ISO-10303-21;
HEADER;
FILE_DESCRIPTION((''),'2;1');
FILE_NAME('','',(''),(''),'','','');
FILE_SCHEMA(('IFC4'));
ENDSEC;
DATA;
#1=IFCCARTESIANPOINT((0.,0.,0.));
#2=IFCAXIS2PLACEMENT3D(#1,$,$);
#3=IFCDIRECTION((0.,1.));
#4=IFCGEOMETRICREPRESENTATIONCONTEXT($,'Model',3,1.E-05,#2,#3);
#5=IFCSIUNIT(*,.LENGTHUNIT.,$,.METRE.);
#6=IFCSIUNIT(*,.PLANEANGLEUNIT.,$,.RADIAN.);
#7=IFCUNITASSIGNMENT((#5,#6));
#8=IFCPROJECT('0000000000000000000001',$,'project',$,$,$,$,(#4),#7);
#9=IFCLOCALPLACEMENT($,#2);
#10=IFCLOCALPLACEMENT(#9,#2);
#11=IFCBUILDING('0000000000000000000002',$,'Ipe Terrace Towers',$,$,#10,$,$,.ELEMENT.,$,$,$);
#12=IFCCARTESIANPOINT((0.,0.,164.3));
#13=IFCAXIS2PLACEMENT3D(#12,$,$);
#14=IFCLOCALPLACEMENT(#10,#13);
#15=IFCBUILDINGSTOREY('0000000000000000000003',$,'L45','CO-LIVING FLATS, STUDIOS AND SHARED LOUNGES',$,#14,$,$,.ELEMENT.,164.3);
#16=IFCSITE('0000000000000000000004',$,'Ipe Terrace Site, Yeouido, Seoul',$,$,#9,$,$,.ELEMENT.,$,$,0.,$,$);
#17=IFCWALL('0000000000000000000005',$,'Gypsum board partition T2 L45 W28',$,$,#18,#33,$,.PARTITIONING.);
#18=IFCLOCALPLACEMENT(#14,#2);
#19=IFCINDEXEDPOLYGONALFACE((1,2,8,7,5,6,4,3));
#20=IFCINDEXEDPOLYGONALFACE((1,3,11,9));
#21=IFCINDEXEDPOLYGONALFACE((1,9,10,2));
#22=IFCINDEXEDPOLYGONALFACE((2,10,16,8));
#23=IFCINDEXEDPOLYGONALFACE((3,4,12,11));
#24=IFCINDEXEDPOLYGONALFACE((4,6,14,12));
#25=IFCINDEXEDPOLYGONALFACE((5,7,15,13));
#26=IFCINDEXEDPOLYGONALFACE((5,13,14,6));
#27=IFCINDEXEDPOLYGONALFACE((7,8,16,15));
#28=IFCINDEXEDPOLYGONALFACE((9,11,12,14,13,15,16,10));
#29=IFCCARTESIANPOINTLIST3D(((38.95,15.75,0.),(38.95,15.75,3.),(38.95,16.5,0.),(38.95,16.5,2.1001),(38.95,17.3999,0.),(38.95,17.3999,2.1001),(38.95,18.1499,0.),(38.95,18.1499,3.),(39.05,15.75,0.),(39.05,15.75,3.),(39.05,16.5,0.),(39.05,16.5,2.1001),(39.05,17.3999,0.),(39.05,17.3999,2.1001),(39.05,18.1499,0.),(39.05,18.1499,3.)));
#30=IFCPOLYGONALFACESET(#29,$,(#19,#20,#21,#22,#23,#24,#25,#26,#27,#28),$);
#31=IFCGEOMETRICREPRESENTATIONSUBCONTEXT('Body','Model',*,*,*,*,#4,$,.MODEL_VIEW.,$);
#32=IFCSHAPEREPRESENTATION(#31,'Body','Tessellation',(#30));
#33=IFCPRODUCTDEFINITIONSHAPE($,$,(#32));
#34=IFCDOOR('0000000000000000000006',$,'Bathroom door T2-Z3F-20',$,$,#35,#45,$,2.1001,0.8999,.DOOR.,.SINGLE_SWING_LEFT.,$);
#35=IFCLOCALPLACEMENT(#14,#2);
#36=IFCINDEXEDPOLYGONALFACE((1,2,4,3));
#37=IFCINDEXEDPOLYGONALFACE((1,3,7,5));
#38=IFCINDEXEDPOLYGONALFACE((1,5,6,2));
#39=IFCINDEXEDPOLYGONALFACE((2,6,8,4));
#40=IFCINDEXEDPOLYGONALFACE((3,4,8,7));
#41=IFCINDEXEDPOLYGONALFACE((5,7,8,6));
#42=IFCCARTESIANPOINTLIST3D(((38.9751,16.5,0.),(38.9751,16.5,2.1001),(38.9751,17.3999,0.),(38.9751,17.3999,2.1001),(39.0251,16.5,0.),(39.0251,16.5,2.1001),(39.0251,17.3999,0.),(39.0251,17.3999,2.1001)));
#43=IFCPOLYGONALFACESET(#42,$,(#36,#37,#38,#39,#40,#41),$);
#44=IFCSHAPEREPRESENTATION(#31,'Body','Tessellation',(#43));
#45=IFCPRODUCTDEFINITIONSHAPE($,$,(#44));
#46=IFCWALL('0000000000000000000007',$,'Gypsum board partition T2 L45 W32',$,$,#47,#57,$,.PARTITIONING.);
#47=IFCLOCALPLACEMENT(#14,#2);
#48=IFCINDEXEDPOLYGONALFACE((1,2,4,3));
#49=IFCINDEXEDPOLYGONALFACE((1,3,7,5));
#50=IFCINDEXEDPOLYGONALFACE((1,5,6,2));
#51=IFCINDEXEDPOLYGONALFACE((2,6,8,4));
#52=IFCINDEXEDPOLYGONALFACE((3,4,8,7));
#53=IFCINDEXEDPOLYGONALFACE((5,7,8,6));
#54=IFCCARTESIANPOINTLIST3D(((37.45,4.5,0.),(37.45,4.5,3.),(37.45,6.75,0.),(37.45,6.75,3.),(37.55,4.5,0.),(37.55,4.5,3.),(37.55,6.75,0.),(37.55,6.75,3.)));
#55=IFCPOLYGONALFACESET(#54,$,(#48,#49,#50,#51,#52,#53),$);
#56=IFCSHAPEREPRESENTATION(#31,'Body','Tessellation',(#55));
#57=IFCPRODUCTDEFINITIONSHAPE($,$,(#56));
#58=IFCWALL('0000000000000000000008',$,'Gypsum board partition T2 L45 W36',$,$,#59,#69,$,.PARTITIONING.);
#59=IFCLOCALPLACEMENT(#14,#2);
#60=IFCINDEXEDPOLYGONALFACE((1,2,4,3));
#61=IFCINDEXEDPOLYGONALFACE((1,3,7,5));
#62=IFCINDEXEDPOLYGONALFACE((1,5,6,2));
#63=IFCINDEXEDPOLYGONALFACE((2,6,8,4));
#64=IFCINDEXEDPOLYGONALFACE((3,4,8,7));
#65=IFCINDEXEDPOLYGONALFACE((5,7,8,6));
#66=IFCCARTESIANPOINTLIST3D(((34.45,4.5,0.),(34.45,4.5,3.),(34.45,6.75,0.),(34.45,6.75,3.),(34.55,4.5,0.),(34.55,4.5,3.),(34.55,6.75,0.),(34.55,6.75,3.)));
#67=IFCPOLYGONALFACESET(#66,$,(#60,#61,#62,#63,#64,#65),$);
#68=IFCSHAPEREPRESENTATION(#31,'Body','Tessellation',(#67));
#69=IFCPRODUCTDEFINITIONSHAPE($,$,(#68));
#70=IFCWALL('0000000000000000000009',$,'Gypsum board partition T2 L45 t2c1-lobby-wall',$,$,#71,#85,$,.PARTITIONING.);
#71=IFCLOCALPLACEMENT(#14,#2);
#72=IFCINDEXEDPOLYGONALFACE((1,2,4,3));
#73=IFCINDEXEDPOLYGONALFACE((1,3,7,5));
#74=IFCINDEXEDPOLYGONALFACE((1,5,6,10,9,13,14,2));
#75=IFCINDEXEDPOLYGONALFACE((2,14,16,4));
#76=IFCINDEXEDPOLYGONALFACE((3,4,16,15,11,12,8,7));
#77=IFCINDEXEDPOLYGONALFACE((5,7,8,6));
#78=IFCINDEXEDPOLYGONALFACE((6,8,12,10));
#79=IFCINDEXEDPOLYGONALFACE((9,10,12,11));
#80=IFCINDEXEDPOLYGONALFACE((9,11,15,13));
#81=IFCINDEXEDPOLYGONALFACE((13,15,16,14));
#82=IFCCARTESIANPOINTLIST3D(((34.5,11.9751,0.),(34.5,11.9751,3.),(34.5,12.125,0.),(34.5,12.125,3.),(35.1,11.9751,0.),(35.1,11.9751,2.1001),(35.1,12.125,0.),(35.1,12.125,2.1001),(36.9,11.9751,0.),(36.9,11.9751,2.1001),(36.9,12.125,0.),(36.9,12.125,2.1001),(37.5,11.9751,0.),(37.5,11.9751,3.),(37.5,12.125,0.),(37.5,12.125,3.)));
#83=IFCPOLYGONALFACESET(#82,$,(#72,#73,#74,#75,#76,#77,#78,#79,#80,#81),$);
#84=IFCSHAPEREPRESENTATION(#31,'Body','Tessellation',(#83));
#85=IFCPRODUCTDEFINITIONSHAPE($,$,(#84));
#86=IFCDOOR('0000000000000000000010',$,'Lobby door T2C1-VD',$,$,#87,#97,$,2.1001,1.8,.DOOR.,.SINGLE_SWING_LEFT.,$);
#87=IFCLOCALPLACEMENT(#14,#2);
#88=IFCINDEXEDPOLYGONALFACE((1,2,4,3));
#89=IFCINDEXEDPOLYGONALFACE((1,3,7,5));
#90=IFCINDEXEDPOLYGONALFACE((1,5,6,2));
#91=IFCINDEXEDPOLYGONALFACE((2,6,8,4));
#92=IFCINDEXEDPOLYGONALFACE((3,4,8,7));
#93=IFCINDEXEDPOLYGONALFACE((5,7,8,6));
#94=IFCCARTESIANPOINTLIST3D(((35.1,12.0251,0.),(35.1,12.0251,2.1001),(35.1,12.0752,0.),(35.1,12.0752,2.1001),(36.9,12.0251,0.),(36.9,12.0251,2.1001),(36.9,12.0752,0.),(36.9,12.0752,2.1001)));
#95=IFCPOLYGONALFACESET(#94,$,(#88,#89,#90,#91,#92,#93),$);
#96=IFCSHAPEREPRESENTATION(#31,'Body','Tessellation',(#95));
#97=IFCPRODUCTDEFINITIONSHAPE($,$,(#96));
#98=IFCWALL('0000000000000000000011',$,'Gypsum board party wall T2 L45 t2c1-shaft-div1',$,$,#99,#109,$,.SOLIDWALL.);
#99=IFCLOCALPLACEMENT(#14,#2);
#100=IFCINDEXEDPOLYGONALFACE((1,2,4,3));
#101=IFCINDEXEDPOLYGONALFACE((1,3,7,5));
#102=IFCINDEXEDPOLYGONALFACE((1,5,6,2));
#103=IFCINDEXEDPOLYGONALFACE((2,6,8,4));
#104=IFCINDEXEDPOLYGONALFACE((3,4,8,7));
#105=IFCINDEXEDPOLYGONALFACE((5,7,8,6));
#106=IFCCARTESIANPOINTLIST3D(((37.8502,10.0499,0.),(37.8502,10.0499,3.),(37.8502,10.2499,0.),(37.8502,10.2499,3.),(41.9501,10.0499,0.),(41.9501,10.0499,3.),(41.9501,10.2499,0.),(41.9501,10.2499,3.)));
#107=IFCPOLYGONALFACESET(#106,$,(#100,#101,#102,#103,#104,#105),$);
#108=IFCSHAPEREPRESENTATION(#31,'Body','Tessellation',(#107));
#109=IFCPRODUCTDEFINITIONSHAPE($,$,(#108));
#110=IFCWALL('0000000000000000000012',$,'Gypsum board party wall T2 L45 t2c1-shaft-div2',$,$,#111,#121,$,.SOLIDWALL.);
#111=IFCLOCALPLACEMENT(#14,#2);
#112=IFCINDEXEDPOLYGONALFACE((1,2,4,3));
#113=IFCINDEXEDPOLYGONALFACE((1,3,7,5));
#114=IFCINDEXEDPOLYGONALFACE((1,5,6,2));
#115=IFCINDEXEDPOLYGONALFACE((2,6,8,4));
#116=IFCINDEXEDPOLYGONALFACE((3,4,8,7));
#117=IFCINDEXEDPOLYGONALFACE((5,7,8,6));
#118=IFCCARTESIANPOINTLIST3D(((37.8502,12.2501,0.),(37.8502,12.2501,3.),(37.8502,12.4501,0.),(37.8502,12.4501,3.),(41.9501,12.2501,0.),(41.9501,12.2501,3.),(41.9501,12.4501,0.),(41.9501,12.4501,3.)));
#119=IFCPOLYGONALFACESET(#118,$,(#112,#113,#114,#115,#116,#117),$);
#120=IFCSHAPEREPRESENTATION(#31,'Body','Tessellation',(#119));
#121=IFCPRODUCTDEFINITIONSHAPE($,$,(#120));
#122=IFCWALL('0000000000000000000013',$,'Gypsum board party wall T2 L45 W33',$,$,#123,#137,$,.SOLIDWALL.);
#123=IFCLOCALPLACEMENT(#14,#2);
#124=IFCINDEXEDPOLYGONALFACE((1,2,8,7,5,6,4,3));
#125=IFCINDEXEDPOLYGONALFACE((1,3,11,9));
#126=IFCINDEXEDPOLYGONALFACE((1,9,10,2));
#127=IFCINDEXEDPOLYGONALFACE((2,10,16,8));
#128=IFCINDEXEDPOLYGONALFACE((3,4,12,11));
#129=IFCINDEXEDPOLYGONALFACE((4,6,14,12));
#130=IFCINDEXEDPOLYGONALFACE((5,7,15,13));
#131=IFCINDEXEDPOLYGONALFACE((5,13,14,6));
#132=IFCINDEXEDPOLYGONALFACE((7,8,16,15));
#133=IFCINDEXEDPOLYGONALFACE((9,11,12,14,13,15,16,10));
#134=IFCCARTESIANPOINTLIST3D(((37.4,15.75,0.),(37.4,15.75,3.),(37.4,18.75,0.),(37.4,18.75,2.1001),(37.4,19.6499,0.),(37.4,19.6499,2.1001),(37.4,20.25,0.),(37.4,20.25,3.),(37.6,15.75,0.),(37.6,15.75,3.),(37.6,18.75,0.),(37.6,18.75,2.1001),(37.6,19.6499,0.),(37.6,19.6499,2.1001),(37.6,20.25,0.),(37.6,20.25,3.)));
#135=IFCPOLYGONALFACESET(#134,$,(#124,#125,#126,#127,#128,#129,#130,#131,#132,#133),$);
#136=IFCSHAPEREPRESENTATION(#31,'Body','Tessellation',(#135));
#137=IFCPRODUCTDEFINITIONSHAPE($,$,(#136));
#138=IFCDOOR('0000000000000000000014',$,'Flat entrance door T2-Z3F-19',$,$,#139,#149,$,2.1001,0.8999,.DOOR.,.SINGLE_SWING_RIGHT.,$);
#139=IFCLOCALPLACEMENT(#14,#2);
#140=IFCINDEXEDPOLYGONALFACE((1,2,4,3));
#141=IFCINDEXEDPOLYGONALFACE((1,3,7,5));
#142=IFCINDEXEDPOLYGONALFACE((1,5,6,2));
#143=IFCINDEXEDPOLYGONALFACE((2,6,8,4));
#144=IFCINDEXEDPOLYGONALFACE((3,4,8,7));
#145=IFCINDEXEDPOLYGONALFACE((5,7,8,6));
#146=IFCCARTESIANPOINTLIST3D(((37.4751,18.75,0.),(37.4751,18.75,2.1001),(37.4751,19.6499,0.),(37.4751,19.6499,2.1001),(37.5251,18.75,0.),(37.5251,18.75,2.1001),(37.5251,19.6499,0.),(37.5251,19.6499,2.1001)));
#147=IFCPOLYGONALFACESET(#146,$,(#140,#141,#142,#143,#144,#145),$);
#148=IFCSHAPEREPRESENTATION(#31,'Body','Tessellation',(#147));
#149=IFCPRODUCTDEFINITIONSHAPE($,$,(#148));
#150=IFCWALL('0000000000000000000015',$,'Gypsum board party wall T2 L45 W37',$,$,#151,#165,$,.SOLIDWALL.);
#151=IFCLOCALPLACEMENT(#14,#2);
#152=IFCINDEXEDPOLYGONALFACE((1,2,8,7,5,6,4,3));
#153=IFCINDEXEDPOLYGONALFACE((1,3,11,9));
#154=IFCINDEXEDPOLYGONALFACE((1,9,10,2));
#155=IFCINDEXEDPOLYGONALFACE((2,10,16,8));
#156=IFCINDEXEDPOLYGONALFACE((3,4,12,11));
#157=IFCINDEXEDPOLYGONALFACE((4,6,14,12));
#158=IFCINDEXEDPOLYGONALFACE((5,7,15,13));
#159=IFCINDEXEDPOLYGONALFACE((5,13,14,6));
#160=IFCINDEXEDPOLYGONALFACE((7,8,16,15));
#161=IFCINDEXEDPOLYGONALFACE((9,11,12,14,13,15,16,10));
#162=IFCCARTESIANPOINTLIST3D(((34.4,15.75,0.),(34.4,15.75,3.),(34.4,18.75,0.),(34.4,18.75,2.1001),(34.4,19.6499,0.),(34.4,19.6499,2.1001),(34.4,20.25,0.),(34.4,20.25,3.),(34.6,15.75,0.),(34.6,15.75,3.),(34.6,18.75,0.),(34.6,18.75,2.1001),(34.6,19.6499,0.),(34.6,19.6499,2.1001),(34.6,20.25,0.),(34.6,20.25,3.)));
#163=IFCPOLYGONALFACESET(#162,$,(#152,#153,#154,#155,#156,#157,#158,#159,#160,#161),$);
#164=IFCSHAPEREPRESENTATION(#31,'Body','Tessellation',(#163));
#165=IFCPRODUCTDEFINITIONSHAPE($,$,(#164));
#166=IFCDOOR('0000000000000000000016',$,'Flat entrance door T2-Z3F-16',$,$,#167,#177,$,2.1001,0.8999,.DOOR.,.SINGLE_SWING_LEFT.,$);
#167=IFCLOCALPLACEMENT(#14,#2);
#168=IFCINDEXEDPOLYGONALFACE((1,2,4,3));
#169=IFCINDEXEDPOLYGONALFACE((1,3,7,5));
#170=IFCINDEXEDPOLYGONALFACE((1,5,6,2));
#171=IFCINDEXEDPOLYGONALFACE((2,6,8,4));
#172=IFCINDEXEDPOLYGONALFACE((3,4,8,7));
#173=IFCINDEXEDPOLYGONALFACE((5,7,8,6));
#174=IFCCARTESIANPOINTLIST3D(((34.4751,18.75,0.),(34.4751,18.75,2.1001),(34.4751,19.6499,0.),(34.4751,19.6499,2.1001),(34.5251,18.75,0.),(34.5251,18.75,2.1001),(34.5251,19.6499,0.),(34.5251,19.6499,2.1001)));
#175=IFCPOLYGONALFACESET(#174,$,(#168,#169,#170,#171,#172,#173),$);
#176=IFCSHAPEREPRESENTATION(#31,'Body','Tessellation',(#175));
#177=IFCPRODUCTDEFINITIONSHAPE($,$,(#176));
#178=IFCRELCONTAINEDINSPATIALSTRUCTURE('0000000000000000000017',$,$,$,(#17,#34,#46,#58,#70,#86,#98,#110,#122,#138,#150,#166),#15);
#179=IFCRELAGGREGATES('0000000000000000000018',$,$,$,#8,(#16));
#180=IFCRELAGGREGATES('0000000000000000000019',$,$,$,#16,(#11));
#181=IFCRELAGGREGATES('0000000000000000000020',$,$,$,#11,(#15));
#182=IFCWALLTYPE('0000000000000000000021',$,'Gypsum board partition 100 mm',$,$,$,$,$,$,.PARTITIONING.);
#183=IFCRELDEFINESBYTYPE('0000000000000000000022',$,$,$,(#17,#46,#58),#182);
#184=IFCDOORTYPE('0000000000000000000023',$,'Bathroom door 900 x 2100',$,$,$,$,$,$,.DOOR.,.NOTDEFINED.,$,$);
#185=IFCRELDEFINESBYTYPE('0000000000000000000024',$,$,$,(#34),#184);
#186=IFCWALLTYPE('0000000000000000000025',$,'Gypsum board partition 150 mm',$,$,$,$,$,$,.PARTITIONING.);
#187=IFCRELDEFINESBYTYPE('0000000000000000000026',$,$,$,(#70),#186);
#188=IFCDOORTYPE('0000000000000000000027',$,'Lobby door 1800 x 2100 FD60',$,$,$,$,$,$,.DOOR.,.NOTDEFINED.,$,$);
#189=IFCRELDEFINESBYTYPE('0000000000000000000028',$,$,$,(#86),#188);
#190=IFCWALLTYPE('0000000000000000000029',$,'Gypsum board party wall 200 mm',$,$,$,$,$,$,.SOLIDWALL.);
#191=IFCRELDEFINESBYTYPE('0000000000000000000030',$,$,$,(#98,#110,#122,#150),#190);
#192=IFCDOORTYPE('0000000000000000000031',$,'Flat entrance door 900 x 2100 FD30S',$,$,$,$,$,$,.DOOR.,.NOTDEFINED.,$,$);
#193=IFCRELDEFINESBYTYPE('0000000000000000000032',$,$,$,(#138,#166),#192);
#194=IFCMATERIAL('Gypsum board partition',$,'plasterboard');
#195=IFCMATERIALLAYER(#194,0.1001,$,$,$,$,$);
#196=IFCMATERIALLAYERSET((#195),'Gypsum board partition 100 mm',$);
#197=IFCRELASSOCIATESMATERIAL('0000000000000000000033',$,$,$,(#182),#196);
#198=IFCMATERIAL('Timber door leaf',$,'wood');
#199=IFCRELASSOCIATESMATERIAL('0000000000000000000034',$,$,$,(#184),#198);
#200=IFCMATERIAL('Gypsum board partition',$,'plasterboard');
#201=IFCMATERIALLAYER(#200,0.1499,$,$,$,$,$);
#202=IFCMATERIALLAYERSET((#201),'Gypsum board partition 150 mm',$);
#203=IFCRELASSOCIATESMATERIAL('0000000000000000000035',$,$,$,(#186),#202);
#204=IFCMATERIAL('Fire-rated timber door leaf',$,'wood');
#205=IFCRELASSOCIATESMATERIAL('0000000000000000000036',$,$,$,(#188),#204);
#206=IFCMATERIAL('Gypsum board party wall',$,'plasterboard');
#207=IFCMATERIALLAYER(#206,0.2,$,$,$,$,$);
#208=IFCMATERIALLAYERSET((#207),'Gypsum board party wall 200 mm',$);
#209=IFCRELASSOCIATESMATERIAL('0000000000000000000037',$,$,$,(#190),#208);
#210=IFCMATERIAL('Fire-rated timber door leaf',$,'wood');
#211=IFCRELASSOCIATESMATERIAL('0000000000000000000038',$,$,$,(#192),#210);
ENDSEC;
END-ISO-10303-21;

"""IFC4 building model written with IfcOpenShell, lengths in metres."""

from ifc_helpers import new_model, si_unit, direction, frame, frame_2d, origin, place, context, subcontext, project, spatial, rectangle, extrude, material, layer, layer_set, type_object, element, fill, save


model = new_model("IFC4")

# Units and contexts
model_context = context("Model", 3, precision=1e-05, world=origin(), true_north=direction((0.0, 1.0)))
body_context = subcontext(model_context, "Body", "Model", "MODEL_VIEW")
ifc_project = project(units=[si_unit("LENGTHUNIT", "METRE"), si_unit("PLANEANGLEUNIT", "RADIAN")], contexts=[model_context])

# Site, building, storey
site_placement = place(None, origin())
site = spatial("IfcSite", under=ifc_project, at=site_placement, Name="Ipe Terrace Site, Yeouido, Seoul", CompositionType="ELEMENT", RefElevation=0.0)
building_placement = place(site_placement, origin())
building = spatial("IfcBuilding", under=site, at=building_placement, Name="Ipe Terrace Towers", CompositionType="ELEMENT")
storey_placement = place(building_placement, frame((0.0, 0.0, 164.3)))
storey = spatial("IfcBuildingStorey", under=building, at=storey_placement, Name="L45", Description="CO-LIVING FLATS, STUDIOS AND SHARED LOUNGES", CompositionType="ELEMENT", Elevation=164.3)

# Shared definitions
ifc_material_1 = material(Name="Gypsum board partition", Category="plasterboard")
ifc_layer_1 = layer(ifc_material_1, 0.1001)
ifc_layer_set_1 = layer_set([ifc_layer_1], Name="Gypsum board partition 100 mm")
wall_type_1 = type_object("IfcWallType", Name="Gypsum board partition 100 mm", PredefinedType="PARTITIONING", material=ifc_layer_set_1)

# Wall, opening, door
wall_1_placement = place(storey_placement, frame((39.0, 15.75, 0.0), z_axis=(0.0, 0.0, 1.0), x_axis=(0.0, 1.0, 0.0)))
wall_1 = element("IfcWall", 1, at=wall_1_placement, inside=storey, type_object=wall_type_1, Name="Gypsum board partition T2 L45 W28", PredefinedType="PARTITIONING", context=body_context, shape_type="SweptSolid", body=[
    extrude(rectangle(XDim=2.3999, YDim=0.1001, at=frame_2d((1.2, 0.0))), origin(), (0.0, 0.0, 1.0), 3.0),
])
opening_1_placement = place(wall_1_placement, frame((0.75, 0.0, 0.0)))
opening_1 = element("IfcOpeningElement", 2, at=opening_1_placement, cuts=wall_1, PredefinedType="OPENING", context=body_context, shape_type="SweptSolid", body=[
    extrude(rectangle(XDim=0.8999, YDim=2.1001, at=frame_2d((0.45, 1.05))), frame((0.0, 0.0601, 0.0), z_axis=(0.0, -1.0, 0.0), x_axis=(1.0, 0.0, 0.0)), (0.0, 0.0, 1.0), 0.1201),
])
ifc_material_2 = material(Name="Timber door leaf", Category="wood")
door_type_1 = type_object("IfcDoorType", Name="Bathroom door 900 x 2100", OperationType="NOTDEFINED", PredefinedType="DOOR", material=ifc_material_2)
door_1_placement = place(opening_1_placement, origin())
door_1 = element("IfcDoor", 3, at=door_1_placement, inside=storey, type_object=door_type_1, Name="Bathroom door T2-Z3F-20", OperationType="SINGLE_SWING_LEFT", OverallHeight=2.1001, OverallWidth=0.8999, PredefinedType="DOOR", context=body_context, shape_type="SweptSolid", body=[
    extrude(rectangle(XDim=0.8999, YDim=2.1001, at=frame_2d((0.45, 1.05))), frame((0.0, 0.0249, 0.0), z_axis=(0.0, -1.0, 0.0), x_axis=(1.0, 0.0, 0.0)), (0.0, 0.0, 1.0), 0.05),
])
fill(opening_1, door_1)

# Walls
for number, where, z_axis, x_axis, name in (
    (4, (37.5, 4.5, 0.0), (0.0, 0.0, 1.0), (0.0, 1.0, 0.0), "Gypsum board partition T2 L45 W32"),
    (5, (34.5, 4.5, 0.0), (0.0, 0.0, 1.0), (0.0, 1.0, 0.0), "Gypsum board partition T2 L45 W36"),
):
    element("IfcWall", number, at=place(storey_placement, frame(where, z_axis=z_axis, x_axis=x_axis)), inside=storey, type_object=wall_type_1, Name=name, PredefinedType="PARTITIONING", context=body_context, shape_type="SweptSolid", body=[
        extrude(rectangle(XDim=2.25, YDim=0.1001, at=frame_2d((1.125, 0.0))), origin(), (0.0, 0.0, 1.0), 3.0),
    ])

# Wall, opening, door
ifc_material_3 = material(Name="Gypsum board partition", Category="plasterboard")
ifc_layer_2 = layer(ifc_material_3, 0.1499)
ifc_layer_set_2 = layer_set([ifc_layer_2], Name="Gypsum board partition 150 mm")
wall_type_2 = type_object("IfcWallType", Name="Gypsum board partition 150 mm", PredefinedType="PARTITIONING", material=ifc_layer_set_2)
wall_2_placement = place(storey_placement, frame((37.5, 12.05, 0.0), z_axis=(0.0, 0.0, 1.0), x_axis=(-1.0, 0.0, 0.0)))
wall_2 = element("IfcWall", 6, at=wall_2_placement, inside=storey, type_object=wall_type_2, Name="Gypsum board partition T2 L45 t2c1-lobby-wall", PredefinedType="PARTITIONING", context=body_context, shape_type="SweptSolid", body=[
    extrude(rectangle(XDim=3.0, YDim=0.1499, at=frame_2d((1.5, 0.0))), origin(), (0.0, 0.0, 1.0), 3.0),
])
opening_2_placement = place(wall_2_placement, frame((0.6001, 0.0, 0.0)))
opening_2 = element("IfcOpeningElement", 7, at=opening_2_placement, cuts=wall_2, PredefinedType="OPENING", context=body_context, shape_type="SweptSolid", body=[
    extrude(rectangle(XDim=1.8, YDim=2.1001, at=frame_2d((0.8999, 1.05))), frame((0.0, 0.085, 0.0), z_axis=(0.0, -1.0, 0.0), x_axis=(1.0, 0.0, 0.0)), (0.0, 0.0, 1.0), 0.1699),
])
ifc_material_4 = material(Name="Fire-rated timber door leaf", Category="wood")
door_type_2 = type_object("IfcDoorType", Name="Lobby door 1800 x 2100 FD60", OperationType="NOTDEFINED", PredefinedType="DOOR", material=ifc_material_4)
door_2_placement = place(opening_2_placement, origin())
door_2 = element("IfcDoor", 8, at=door_2_placement, inside=storey, type_object=door_type_2, Name="Lobby door T2C1-VD", OperationType="SINGLE_SWING_LEFT", OverallHeight=2.1001, OverallWidth=1.8, PredefinedType="DOOR", context=body_context, shape_type="SweptSolid", body=[
    extrude(rectangle(XDim=1.8, YDim=2.1001, at=frame_2d((0.8999, 1.05))), frame((0.0, 0.0249, 0.0), z_axis=(0.0, -1.0, 0.0), x_axis=(1.0, 0.0, 0.0)), (0.0, 0.0, 1.0), 0.05),
])
fill(opening_2, door_2)

# Walls
ifc_material_5 = material(Name="Gypsum board party wall", Category="plasterboard")
ifc_layer_3 = layer(ifc_material_5, 0.2)
ifc_layer_set_3 = layer_set([ifc_layer_3], Name="Gypsum board party wall 200 mm")
wall_type_3 = type_object("IfcWallType", Name="Gypsum board party wall 200 mm", PredefinedType="SOLIDWALL", material=ifc_layer_set_3)
for number, where, z_axis, x_axis, name in (
    (9, (41.95, 10.1499, 0.0), (0.0, 0.0, 1.0), (-1.0, 0.0, 0.0), "Gypsum board party wall T2 L45 t2c1-shaft-div1"),
    (10, (41.95, 12.3501, 0.0), (0.0, 0.0, 1.0), (-1.0, 0.0, 0.0), "Gypsum board party wall T2 L45 t2c1-shaft-div2"),
):
    element("IfcWall", number, at=place(storey_placement, frame(where, z_axis=z_axis, x_axis=x_axis)), inside=storey, type_object=wall_type_3, Name=name, PredefinedType="SOLIDWALL", context=body_context, shape_type="SweptSolid", body=[
        extrude(rectangle(XDim=4.0999, YDim=0.2, at=frame_2d((2.0498, 0.0))), origin(), (0.0, 0.0, 1.0), 3.0),
    ])

# Walls, openings, doors
wall_3_placement = place(storey_placement, frame((37.5, 15.75, 0.0), z_axis=(0.0, 0.0, 1.0), x_axis=(0.0, 1.0, 0.0)))
wall_3 = element("IfcWall", 11, at=wall_3_placement, inside=storey, type_object=wall_type_3, Name="Gypsum board party wall T2 L45 W33", PredefinedType="SOLIDWALL", context=body_context, shape_type="SweptSolid", body=[
    extrude(rectangle(XDim=4.5, YDim=0.2, at=frame_2d((2.25, 0.0))), origin(), (0.0, 0.0, 1.0), 3.0),
])
opening_3_placement = place(wall_3_placement, frame((3.0, 0.0, 0.0)))
opening_3 = element("IfcOpeningElement", 12, at=opening_3_placement, cuts=wall_3, PredefinedType="OPENING", context=body_context, shape_type="SweptSolid", body=[
    extrude(rectangle(XDim=0.8999, YDim=2.1001, at=frame_2d((0.45, 1.05))), frame((0.0, 0.1099, 0.0), z_axis=(0.0, -1.0, 0.0), x_axis=(1.0, 0.0, 0.0)), (0.0, 0.0, 1.0), 0.22),
])
ifc_material_6 = material(Name="Fire-rated timber door leaf", Category="wood")
door_type_3 = type_object("IfcDoorType", Name="Flat entrance door 900 x 2100 FD30S", OperationType="NOTDEFINED", PredefinedType="DOOR", material=ifc_material_6)
door_3_placement = place(opening_3_placement, origin())
door_3 = element("IfcDoor", 13, at=door_3_placement, inside=storey, type_object=door_type_3, Name="Flat entrance door T2-Z3F-19", OperationType="SINGLE_SWING_RIGHT", OverallHeight=2.1001, OverallWidth=0.8999, PredefinedType="DOOR", context=body_context, shape_type="SweptSolid", body=[
    extrude(rectangle(XDim=0.8999, YDim=2.1001, at=frame_2d((0.45, 1.05))), frame((0.0, 0.0249, 0.0), z_axis=(0.0, -1.0, 0.0), x_axis=(1.0, 0.0, 0.0)), (0.0, 0.0, 1.0), 0.05),
])
fill(opening_3, door_3)
wall_4_placement = place(storey_placement, frame((34.5, 15.75, 0.0), z_axis=(0.0, 0.0, 1.0), x_axis=(0.0, 1.0, 0.0)))
wall_4 = element("IfcWall", 14, at=wall_4_placement, inside=storey, type_object=wall_type_3, Name="Gypsum board party wall T2 L45 W37", PredefinedType="SOLIDWALL", context=body_context, shape_type="SweptSolid", body=[
    extrude(rectangle(XDim=4.5, YDim=0.2, at=frame_2d((2.25, 0.0))), origin(), (0.0, 0.0, 1.0), 3.0),
])
opening_4_placement = place(wall_4_placement, frame((3.0, 0.0, 0.0)))
opening_4 = element("IfcOpeningElement", 15, at=opening_4_placement, cuts=wall_4, PredefinedType="OPENING", context=body_context, shape_type="SweptSolid", body=[
    extrude(rectangle(XDim=0.8999, YDim=2.1001, at=frame_2d((0.45, 1.05))), frame((0.0, 0.1099, 0.0), z_axis=(0.0, -1.0, 0.0), x_axis=(1.0, 0.0, 0.0)), (0.0, 0.0, 1.0), 0.22),
])
door_4_placement = place(opening_4_placement, origin())
door_4 = element("IfcDoor", 16, at=door_4_placement, inside=storey, type_object=door_type_3, Name="Flat entrance door T2-Z3F-16", OperationType="SINGLE_SWING_LEFT", OverallHeight=2.1001, OverallWidth=0.8999, PredefinedType="DOOR", context=body_context, shape_type="SweptSolid", body=[
    extrude(rectangle(XDim=0.8999, YDim=2.1001, at=frame_2d((0.45, 1.05))), frame((0.0, 0.0249, 0.0), z_axis=(0.0, -1.0, 0.0), x_axis=(1.0, 0.0, 0.0)), (0.0, 0.0, 1.0), 0.05),
])
fill(opening_4, door_4)

save(model, "model.ifc")
